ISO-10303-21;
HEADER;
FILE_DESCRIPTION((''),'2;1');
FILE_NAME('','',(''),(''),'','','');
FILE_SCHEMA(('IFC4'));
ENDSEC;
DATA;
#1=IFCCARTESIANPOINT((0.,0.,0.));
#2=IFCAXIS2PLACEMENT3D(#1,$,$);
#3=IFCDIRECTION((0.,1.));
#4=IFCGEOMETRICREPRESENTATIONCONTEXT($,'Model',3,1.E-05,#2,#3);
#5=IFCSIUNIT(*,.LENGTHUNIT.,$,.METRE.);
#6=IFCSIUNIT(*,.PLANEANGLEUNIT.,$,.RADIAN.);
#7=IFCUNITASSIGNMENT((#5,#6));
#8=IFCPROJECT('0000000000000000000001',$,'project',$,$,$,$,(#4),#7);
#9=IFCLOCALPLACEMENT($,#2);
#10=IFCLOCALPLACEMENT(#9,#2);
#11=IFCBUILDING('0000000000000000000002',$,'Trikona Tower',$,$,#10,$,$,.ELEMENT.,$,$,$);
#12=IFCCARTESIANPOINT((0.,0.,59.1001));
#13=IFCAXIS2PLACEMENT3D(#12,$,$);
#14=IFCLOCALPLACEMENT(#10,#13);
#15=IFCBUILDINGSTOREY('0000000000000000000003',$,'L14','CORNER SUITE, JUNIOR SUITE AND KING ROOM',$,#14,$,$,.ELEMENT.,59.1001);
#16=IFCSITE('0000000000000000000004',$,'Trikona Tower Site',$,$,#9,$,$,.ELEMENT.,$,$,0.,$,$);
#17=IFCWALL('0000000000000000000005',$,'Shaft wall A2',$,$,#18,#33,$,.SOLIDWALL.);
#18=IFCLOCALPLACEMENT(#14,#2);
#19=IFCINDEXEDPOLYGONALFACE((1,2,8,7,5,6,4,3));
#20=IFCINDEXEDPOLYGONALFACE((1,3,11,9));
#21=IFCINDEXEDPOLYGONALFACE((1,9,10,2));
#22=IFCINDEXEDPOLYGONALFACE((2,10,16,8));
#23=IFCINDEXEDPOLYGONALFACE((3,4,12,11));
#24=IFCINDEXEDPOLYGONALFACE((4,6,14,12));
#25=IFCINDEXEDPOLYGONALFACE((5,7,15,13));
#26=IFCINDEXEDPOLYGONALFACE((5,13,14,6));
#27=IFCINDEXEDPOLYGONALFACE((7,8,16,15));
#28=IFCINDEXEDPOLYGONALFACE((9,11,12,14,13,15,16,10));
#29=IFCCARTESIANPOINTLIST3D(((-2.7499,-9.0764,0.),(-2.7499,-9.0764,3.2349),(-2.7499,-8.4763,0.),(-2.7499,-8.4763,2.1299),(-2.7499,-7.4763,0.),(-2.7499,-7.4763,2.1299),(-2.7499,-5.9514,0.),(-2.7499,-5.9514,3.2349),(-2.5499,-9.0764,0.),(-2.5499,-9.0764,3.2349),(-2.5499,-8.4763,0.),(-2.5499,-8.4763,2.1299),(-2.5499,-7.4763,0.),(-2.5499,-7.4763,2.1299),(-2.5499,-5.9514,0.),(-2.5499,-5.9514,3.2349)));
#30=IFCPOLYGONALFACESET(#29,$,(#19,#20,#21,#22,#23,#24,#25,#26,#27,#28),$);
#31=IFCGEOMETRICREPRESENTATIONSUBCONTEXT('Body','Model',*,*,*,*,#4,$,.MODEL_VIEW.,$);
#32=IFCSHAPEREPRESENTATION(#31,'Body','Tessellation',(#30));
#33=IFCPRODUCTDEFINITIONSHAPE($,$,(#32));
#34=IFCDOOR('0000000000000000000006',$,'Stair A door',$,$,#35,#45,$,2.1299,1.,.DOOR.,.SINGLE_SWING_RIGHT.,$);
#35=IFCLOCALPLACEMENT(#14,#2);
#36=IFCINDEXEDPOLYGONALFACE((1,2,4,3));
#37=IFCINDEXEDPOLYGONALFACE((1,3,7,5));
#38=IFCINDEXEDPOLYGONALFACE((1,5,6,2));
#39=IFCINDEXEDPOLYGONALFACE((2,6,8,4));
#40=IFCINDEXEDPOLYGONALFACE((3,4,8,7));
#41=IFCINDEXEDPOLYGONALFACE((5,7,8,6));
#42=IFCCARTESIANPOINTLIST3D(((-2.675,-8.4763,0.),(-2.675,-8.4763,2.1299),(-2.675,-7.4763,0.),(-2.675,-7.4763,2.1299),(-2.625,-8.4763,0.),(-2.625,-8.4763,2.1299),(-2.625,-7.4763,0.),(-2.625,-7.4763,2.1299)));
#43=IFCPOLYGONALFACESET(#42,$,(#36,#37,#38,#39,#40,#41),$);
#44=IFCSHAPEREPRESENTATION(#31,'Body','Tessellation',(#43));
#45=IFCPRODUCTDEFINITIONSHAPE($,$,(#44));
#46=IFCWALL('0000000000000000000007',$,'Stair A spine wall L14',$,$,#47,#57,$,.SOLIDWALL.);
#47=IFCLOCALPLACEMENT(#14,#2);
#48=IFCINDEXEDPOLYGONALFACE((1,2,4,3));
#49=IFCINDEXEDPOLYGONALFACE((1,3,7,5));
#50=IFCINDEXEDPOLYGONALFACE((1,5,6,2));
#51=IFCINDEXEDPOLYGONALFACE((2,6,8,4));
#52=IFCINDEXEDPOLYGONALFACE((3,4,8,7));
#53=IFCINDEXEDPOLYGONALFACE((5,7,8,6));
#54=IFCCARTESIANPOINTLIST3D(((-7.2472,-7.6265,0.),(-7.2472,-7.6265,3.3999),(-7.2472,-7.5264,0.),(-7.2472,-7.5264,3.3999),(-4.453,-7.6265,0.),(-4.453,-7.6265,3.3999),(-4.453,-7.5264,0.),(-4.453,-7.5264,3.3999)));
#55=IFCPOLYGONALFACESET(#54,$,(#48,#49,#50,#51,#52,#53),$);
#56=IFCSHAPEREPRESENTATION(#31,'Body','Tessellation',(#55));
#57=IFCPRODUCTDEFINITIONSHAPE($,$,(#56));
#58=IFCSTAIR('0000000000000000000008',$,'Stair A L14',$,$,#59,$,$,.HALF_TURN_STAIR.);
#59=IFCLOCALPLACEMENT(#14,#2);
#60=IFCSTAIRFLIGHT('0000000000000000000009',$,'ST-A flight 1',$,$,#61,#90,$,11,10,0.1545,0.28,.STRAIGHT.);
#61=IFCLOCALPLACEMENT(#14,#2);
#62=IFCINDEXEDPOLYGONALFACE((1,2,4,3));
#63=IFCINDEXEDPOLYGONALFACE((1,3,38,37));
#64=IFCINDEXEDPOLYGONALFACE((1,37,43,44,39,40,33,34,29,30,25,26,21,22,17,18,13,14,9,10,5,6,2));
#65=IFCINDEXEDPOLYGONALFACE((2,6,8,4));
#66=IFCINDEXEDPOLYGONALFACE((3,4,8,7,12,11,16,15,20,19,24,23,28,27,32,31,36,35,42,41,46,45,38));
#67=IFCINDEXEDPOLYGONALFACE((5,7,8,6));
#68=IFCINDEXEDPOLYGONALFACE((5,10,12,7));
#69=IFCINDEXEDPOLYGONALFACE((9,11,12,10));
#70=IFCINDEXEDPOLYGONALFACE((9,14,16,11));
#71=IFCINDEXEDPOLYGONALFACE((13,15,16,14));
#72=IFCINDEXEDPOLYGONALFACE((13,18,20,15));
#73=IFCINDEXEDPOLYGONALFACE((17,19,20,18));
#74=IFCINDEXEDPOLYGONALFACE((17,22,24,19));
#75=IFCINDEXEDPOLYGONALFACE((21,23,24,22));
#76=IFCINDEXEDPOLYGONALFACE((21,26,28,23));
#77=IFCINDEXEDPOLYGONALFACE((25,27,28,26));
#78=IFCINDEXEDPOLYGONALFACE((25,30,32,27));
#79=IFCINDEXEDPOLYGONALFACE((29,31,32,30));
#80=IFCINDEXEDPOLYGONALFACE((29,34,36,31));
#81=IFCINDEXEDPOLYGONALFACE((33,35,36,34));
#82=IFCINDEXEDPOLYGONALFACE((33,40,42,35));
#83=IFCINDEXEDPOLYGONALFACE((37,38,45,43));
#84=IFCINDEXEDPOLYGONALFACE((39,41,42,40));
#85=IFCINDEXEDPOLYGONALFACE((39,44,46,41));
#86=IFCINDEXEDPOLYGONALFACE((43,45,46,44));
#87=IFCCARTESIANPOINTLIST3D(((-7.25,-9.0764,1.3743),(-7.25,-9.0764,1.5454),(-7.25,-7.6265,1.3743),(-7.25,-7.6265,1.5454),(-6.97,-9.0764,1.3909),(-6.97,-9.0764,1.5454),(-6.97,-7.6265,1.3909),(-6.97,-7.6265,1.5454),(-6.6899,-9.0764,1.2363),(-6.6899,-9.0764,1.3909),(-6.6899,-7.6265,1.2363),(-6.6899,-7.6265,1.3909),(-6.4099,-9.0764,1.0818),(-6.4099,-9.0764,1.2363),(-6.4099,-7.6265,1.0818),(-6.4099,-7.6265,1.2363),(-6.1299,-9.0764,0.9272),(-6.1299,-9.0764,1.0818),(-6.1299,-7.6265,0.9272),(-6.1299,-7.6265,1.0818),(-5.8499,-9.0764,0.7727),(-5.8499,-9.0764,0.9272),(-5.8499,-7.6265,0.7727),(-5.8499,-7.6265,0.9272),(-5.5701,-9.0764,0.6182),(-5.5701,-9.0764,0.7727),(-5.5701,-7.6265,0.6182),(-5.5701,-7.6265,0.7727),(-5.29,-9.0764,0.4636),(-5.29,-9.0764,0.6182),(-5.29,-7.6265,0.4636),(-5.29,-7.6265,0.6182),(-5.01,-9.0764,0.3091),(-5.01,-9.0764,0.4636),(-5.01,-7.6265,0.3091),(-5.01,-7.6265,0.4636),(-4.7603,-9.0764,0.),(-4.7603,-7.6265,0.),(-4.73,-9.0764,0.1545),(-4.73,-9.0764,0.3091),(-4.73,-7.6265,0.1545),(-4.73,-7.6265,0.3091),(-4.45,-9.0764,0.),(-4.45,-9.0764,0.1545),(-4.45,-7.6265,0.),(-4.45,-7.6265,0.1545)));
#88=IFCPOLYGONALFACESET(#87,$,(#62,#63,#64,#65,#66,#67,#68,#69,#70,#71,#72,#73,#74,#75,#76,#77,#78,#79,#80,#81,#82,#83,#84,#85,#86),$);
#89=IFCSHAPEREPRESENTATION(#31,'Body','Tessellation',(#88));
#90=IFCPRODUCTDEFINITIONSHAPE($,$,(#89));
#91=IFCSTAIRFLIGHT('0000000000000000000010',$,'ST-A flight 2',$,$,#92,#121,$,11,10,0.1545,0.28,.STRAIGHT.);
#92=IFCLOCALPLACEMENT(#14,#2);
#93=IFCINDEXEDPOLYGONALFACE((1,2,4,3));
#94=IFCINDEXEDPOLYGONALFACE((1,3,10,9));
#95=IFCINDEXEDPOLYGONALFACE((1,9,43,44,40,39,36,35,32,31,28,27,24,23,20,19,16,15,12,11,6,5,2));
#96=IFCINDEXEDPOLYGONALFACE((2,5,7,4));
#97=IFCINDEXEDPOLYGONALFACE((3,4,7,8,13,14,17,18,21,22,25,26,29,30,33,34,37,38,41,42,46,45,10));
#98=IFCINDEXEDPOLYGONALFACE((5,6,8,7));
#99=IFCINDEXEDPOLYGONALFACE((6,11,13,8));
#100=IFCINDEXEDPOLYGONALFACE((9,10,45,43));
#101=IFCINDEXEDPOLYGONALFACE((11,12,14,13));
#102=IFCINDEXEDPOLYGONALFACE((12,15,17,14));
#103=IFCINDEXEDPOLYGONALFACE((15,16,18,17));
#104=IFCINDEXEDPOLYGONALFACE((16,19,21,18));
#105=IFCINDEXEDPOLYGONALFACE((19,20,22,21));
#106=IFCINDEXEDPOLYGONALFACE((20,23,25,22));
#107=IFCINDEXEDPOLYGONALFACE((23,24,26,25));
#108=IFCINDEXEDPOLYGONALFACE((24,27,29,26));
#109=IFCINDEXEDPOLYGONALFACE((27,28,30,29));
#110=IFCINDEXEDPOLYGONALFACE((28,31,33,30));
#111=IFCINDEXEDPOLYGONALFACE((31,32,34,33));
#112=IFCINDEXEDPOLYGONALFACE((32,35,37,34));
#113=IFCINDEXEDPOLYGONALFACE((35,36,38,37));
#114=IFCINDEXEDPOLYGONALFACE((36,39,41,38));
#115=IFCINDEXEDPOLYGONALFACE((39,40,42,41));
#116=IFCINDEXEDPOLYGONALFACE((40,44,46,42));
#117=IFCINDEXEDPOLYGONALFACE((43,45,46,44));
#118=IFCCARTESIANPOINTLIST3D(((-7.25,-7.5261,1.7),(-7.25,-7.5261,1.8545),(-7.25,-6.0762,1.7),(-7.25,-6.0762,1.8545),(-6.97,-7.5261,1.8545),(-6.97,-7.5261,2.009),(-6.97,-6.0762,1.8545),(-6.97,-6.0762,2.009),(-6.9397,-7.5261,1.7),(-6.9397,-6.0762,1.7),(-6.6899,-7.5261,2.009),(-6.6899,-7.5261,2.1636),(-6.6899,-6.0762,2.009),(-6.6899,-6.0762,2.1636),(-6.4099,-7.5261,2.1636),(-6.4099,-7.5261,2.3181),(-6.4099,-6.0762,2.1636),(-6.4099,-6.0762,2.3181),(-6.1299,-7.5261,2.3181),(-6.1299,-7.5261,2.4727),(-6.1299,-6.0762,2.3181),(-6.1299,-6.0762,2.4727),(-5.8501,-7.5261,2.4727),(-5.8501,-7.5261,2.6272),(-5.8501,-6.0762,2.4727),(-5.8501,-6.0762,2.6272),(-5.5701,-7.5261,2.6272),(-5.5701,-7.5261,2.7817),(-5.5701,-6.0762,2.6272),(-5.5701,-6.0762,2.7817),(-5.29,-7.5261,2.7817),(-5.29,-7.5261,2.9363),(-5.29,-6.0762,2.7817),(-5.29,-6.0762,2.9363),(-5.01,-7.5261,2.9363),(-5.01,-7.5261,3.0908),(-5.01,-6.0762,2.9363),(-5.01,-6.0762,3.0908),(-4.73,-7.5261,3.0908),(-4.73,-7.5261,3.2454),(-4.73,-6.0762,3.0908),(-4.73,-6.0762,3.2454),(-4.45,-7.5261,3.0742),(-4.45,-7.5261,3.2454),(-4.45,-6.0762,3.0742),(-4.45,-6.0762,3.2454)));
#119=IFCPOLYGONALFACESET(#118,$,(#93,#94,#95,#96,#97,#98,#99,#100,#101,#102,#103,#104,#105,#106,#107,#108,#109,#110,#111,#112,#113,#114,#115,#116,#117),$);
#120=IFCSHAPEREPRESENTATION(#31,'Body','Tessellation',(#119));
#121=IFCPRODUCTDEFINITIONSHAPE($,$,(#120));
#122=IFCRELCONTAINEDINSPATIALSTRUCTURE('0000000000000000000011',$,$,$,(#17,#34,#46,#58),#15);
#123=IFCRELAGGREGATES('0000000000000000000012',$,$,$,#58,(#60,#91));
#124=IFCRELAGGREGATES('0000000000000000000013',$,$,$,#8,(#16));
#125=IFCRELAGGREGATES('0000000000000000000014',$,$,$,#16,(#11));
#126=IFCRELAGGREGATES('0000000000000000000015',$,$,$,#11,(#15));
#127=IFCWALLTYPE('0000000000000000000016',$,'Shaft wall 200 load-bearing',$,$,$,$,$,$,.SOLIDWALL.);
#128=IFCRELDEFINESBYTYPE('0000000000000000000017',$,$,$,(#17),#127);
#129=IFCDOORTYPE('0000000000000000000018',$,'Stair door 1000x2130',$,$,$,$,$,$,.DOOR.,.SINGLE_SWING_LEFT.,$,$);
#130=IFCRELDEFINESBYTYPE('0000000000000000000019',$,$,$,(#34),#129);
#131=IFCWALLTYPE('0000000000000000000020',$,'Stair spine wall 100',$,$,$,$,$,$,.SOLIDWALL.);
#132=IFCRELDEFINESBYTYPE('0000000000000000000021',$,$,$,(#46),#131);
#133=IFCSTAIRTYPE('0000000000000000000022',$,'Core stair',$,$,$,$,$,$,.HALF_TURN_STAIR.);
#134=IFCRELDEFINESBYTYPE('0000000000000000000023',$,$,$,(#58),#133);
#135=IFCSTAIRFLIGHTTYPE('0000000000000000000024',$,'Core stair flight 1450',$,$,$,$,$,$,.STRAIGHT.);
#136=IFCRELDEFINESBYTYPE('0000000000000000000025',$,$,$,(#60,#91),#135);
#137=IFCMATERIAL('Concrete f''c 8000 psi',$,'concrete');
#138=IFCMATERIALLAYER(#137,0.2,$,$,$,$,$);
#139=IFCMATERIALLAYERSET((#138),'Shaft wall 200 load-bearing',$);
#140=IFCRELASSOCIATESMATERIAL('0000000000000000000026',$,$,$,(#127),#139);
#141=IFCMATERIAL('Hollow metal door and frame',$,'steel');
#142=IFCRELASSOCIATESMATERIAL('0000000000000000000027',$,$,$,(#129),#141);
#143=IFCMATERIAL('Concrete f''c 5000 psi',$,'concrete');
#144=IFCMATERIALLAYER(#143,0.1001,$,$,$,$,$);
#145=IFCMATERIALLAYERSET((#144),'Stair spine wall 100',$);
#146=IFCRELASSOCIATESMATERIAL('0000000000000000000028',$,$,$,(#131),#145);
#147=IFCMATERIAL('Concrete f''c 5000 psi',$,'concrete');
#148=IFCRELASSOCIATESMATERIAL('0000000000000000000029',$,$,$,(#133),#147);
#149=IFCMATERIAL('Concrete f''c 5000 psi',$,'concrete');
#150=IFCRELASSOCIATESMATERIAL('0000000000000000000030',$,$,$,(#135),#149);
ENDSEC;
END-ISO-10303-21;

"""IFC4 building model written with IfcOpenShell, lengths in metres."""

from ifc_helpers import new_model, si_unit, direction, frame, frame_2d, origin, place, context, subcontext, project, spatial, polyline, rectangle, outline, extrude, material, layer, layer_set, type_object, element, fill, aggregate, save


model = new_model("IFC4")

# Units and contexts
model_context = context("Model", 3, precision=1e-05, world=origin(), true_north=direction((0.0, 1.0)))
body_context = subcontext(model_context, "Body", "Model", "MODEL_VIEW")
ifc_project = project(units=[si_unit("LENGTHUNIT", "METRE"), si_unit("PLANEANGLEUNIT", "RADIAN")], contexts=[model_context])

# Site, building, storey
site_placement = place(None, origin())
site = spatial("IfcSite", under=ifc_project, at=site_placement, Name="Trikona Tower Site", CompositionType="ELEMENT", RefElevation=0.0)
building_placement = place(site_placement, origin())
building = spatial("IfcBuilding", under=site, at=building_placement, Name="Trikona Tower", CompositionType="ELEMENT")
storey_placement = place(building_placement, frame((0.0, 0.0, 59.1001)))
storey = spatial("IfcBuildingStorey", under=building, at=storey_placement, Name="L14", Description="CORNER SUITE, JUNIOR SUITE AND KING ROOM", CompositionType="ELEMENT", Elevation=59.1001)

# Shared definitions
ifc_material_1 = material(Name="Concrete f'c 8000 psi", Category="concrete")
ifc_layer_1 = layer(ifc_material_1, 0.2)
ifc_layer_set_1 = layer_set([ifc_layer_1], Name="Shaft wall 200 load-bearing")
wall_type_1 = type_object("IfcWallType", Name="Shaft wall 200 load-bearing", PredefinedType="SOLIDWALL", material=ifc_layer_set_1)

# Wall, opening, door
wall_1_placement = place(storey_placement, frame((-2.6499, -5.9514, 0.0), z_axis=(0.0, 0.0, 1.0), x_axis=(0.0, -1.0, 0.0)))
wall_1 = element("IfcWall", 1, at=wall_1_placement, inside=storey, type_object=wall_type_1, Name="Shaft wall A2", PredefinedType="SOLIDWALL", context=body_context, shape_type="SweptSolid", body=[
    extrude(rectangle(XDim=3.125, YDim=0.2, at=frame_2d((1.5625, 0.0))), origin(), (0.0, 0.0, 1.0), 3.2349),
])
opening_1_placement = place(wall_1_placement, frame((1.5249, 0.0, 0.0)))
opening_1 = element("IfcOpeningElement", 2, at=opening_1_placement, cuts=wall_1, PredefinedType="OPENING", context=body_context, shape_type="SweptSolid", body=[
    extrude(rectangle(XDim=1.0, YDim=2.1299, at=frame_2d((0.5, 1.0649))), frame((0.0, 0.1099, 0.0), z_axis=(0.0, -1.0, 0.0), x_axis=(1.0, 0.0, 0.0)), (0.0, 0.0, 1.0), 0.22),
])
ifc_material_2 = material(Name="Hollow metal door and frame", Category="steel")
door_type_1 = type_object("IfcDoorType", Name="Stair door 1000x2130", OperationType="SINGLE_SWING_LEFT", PredefinedType="DOOR", material=ifc_material_2)
door_1_placement = place(opening_1_placement, origin())
door_1 = element("IfcDoor", 3, at=door_1_placement, inside=storey, type_object=door_type_1, Name="Stair A door", OperationType="SINGLE_SWING_RIGHT", OverallHeight=2.1299, OverallWidth=1.0, PredefinedType="DOOR", context=body_context, shape_type="SweptSolid", body=[
    extrude(rectangle(XDim=1.0, YDim=2.1299, at=frame_2d((0.5, 1.0649))), frame((0.0, 0.0249, 0.0), z_axis=(0.0, -1.0, 0.0), x_axis=(1.0, 0.0, 0.0)), (0.0, 0.0, 1.0), 0.05),
])
fill(opening_1, door_1)

# Wall
ifc_material_3 = material(Name="Concrete f'c 5000 psi", Category="concrete")
ifc_layer_2 = layer(ifc_material_3, 0.1001)
ifc_layer_set_2 = layer_set([ifc_layer_2], Name="Stair spine wall 100")
wall_type_2 = type_object("IfcWallType", Name="Stair spine wall 100", PredefinedType="SOLIDWALL", material=ifc_layer_set_2)
wall_2_placement = place(storey_placement, frame((-7.2471, -7.5764, 0.0), z_axis=(0.0, 0.0, 1.0), x_axis=(1.0, 0.0, 0.0)))
element("IfcWall", 4, at=wall_2_placement, inside=storey, type_object=wall_type_2, Name="Stair A spine wall L14", PredefinedType="SOLIDWALL", context=body_context, shape_type="SweptSolid", body=[
    extrude(rectangle(XDim=2.7942, YDim=0.1001, at=frame_2d((1.397, 0.0))), origin(), (0.0, 0.0, 1.0), 3.3999),
])

# Stair, stair flights
ifc_material_4 = material(Name="Concrete f'c 5000 psi", Category="concrete")
stair_type = type_object("IfcStairType", Name="Core stair", PredefinedType="HALF_TURN_STAIR", material=ifc_material_4)
stair_placement = place(storey_placement, origin())
stair = element("IfcStair", 5, at=stair_placement, inside=storey, type_object=stair_type, Name="Stair A L14", PredefinedType="HALF_TURN_STAIR")
ifc_material_5 = material(Name="Concrete f'c 5000 psi", Category="concrete")
stair_flight_type = type_object("IfcStairFlightType", Name="Core stair flight 1450", PredefinedType="STRAIGHT", material=ifc_material_5)
stair_flight_1_placement = place(storey_placement, frame((-4.45, -8.3513, 0.0), z_axis=(0.0, 0.0, 1.0), x_axis=(-1.0, 0.0, 0.0)))
stair_flight_1 = element("IfcStairFlight", 6, at=stair_flight_1_placement, type_object=stair_flight_type, Name="ST-A flight 1", NumberOfRisers=11, NumberOfTreads=10, PredefinedType="STRAIGHT", RiserHeight=0.1545, TreadLength=0.28, context=body_context, shape_type="SweptSolid", body=[
    extrude(outline(polyline([(0.0, 0.0), (0.0, 0.1545), (0.28, 0.1545), (0.28, 0.3091), (0.5601, 0.3091), (0.5601, 0.4636), (0.8401, 0.4636), (0.8401, 0.6182), (1.1201, 0.6182), (1.1201, 0.7727), (1.3999, 0.7727), (1.3999, 0.9272), (1.6799, 0.9272), (1.6799, 1.0818), (1.96, 1.0818), (1.96, 1.2363), (2.24, 1.2363), (2.24, 1.3909), (2.52, 1.3909), (2.52, 1.5454), (2.8, 1.5454), (2.8, 1.7), (2.8, 1.3743), (0.3103, 0.0), (0.0, 0.0)])), frame((0.0, 0.7251, 0.0), z_axis=(0.0, -1.0, 0.0), x_axis=(1.0, 0.0, 0.0)), (0.0, 0.0, 1.0), 1.45),
])
stair_flight_2_placement = place(storey_placement, frame((-7.25, -6.8013, 1.7), z_axis=(0.0, 0.0, 1.0), x_axis=(1.0, 0.0, 0.0)))
stair_flight_2 = element("IfcStairFlight", 7, at=stair_flight_2_placement, type_object=stair_flight_type, Name="ST-A flight 2", NumberOfRisers=11, NumberOfTreads=10, PredefinedType="STRAIGHT", RiserHeight=0.1545, TreadLength=0.28, context=body_context, shape_type="SweptSolid", body=[
    extrude(outline(polyline([(0.0, 0.0), (0.0, 0.1545), (0.28, 0.1545), (0.28, 0.3091), (0.5601, 0.3091), (0.5601, 0.4636), (0.8401, 0.4636), (0.8401, 0.6182), (1.1201, 0.6182), (1.1201, 0.7727), (1.3999, 0.7727), (1.3999, 0.9272), (1.6799, 0.9272), (1.6799, 1.0818), (1.96, 1.0818), (1.96, 1.2363), (2.24, 1.2363), (2.24, 1.3909), (2.52, 1.3909), (2.52, 1.5454), (2.8, 1.5454), (2.8, 1.7), (2.8, 1.3743), (0.3103, 0.0), (0.0, 0.0)])), frame((0.0, 0.7251, 0.0), z_axis=(0.0, -1.0, 0.0), x_axis=(1.0, 0.0, 0.0)), (0.0, 0.0, 1.0), 1.45),
])
aggregate(stair, [stair_flight_1, stair_flight_2])

save(model, "model.ifc")
